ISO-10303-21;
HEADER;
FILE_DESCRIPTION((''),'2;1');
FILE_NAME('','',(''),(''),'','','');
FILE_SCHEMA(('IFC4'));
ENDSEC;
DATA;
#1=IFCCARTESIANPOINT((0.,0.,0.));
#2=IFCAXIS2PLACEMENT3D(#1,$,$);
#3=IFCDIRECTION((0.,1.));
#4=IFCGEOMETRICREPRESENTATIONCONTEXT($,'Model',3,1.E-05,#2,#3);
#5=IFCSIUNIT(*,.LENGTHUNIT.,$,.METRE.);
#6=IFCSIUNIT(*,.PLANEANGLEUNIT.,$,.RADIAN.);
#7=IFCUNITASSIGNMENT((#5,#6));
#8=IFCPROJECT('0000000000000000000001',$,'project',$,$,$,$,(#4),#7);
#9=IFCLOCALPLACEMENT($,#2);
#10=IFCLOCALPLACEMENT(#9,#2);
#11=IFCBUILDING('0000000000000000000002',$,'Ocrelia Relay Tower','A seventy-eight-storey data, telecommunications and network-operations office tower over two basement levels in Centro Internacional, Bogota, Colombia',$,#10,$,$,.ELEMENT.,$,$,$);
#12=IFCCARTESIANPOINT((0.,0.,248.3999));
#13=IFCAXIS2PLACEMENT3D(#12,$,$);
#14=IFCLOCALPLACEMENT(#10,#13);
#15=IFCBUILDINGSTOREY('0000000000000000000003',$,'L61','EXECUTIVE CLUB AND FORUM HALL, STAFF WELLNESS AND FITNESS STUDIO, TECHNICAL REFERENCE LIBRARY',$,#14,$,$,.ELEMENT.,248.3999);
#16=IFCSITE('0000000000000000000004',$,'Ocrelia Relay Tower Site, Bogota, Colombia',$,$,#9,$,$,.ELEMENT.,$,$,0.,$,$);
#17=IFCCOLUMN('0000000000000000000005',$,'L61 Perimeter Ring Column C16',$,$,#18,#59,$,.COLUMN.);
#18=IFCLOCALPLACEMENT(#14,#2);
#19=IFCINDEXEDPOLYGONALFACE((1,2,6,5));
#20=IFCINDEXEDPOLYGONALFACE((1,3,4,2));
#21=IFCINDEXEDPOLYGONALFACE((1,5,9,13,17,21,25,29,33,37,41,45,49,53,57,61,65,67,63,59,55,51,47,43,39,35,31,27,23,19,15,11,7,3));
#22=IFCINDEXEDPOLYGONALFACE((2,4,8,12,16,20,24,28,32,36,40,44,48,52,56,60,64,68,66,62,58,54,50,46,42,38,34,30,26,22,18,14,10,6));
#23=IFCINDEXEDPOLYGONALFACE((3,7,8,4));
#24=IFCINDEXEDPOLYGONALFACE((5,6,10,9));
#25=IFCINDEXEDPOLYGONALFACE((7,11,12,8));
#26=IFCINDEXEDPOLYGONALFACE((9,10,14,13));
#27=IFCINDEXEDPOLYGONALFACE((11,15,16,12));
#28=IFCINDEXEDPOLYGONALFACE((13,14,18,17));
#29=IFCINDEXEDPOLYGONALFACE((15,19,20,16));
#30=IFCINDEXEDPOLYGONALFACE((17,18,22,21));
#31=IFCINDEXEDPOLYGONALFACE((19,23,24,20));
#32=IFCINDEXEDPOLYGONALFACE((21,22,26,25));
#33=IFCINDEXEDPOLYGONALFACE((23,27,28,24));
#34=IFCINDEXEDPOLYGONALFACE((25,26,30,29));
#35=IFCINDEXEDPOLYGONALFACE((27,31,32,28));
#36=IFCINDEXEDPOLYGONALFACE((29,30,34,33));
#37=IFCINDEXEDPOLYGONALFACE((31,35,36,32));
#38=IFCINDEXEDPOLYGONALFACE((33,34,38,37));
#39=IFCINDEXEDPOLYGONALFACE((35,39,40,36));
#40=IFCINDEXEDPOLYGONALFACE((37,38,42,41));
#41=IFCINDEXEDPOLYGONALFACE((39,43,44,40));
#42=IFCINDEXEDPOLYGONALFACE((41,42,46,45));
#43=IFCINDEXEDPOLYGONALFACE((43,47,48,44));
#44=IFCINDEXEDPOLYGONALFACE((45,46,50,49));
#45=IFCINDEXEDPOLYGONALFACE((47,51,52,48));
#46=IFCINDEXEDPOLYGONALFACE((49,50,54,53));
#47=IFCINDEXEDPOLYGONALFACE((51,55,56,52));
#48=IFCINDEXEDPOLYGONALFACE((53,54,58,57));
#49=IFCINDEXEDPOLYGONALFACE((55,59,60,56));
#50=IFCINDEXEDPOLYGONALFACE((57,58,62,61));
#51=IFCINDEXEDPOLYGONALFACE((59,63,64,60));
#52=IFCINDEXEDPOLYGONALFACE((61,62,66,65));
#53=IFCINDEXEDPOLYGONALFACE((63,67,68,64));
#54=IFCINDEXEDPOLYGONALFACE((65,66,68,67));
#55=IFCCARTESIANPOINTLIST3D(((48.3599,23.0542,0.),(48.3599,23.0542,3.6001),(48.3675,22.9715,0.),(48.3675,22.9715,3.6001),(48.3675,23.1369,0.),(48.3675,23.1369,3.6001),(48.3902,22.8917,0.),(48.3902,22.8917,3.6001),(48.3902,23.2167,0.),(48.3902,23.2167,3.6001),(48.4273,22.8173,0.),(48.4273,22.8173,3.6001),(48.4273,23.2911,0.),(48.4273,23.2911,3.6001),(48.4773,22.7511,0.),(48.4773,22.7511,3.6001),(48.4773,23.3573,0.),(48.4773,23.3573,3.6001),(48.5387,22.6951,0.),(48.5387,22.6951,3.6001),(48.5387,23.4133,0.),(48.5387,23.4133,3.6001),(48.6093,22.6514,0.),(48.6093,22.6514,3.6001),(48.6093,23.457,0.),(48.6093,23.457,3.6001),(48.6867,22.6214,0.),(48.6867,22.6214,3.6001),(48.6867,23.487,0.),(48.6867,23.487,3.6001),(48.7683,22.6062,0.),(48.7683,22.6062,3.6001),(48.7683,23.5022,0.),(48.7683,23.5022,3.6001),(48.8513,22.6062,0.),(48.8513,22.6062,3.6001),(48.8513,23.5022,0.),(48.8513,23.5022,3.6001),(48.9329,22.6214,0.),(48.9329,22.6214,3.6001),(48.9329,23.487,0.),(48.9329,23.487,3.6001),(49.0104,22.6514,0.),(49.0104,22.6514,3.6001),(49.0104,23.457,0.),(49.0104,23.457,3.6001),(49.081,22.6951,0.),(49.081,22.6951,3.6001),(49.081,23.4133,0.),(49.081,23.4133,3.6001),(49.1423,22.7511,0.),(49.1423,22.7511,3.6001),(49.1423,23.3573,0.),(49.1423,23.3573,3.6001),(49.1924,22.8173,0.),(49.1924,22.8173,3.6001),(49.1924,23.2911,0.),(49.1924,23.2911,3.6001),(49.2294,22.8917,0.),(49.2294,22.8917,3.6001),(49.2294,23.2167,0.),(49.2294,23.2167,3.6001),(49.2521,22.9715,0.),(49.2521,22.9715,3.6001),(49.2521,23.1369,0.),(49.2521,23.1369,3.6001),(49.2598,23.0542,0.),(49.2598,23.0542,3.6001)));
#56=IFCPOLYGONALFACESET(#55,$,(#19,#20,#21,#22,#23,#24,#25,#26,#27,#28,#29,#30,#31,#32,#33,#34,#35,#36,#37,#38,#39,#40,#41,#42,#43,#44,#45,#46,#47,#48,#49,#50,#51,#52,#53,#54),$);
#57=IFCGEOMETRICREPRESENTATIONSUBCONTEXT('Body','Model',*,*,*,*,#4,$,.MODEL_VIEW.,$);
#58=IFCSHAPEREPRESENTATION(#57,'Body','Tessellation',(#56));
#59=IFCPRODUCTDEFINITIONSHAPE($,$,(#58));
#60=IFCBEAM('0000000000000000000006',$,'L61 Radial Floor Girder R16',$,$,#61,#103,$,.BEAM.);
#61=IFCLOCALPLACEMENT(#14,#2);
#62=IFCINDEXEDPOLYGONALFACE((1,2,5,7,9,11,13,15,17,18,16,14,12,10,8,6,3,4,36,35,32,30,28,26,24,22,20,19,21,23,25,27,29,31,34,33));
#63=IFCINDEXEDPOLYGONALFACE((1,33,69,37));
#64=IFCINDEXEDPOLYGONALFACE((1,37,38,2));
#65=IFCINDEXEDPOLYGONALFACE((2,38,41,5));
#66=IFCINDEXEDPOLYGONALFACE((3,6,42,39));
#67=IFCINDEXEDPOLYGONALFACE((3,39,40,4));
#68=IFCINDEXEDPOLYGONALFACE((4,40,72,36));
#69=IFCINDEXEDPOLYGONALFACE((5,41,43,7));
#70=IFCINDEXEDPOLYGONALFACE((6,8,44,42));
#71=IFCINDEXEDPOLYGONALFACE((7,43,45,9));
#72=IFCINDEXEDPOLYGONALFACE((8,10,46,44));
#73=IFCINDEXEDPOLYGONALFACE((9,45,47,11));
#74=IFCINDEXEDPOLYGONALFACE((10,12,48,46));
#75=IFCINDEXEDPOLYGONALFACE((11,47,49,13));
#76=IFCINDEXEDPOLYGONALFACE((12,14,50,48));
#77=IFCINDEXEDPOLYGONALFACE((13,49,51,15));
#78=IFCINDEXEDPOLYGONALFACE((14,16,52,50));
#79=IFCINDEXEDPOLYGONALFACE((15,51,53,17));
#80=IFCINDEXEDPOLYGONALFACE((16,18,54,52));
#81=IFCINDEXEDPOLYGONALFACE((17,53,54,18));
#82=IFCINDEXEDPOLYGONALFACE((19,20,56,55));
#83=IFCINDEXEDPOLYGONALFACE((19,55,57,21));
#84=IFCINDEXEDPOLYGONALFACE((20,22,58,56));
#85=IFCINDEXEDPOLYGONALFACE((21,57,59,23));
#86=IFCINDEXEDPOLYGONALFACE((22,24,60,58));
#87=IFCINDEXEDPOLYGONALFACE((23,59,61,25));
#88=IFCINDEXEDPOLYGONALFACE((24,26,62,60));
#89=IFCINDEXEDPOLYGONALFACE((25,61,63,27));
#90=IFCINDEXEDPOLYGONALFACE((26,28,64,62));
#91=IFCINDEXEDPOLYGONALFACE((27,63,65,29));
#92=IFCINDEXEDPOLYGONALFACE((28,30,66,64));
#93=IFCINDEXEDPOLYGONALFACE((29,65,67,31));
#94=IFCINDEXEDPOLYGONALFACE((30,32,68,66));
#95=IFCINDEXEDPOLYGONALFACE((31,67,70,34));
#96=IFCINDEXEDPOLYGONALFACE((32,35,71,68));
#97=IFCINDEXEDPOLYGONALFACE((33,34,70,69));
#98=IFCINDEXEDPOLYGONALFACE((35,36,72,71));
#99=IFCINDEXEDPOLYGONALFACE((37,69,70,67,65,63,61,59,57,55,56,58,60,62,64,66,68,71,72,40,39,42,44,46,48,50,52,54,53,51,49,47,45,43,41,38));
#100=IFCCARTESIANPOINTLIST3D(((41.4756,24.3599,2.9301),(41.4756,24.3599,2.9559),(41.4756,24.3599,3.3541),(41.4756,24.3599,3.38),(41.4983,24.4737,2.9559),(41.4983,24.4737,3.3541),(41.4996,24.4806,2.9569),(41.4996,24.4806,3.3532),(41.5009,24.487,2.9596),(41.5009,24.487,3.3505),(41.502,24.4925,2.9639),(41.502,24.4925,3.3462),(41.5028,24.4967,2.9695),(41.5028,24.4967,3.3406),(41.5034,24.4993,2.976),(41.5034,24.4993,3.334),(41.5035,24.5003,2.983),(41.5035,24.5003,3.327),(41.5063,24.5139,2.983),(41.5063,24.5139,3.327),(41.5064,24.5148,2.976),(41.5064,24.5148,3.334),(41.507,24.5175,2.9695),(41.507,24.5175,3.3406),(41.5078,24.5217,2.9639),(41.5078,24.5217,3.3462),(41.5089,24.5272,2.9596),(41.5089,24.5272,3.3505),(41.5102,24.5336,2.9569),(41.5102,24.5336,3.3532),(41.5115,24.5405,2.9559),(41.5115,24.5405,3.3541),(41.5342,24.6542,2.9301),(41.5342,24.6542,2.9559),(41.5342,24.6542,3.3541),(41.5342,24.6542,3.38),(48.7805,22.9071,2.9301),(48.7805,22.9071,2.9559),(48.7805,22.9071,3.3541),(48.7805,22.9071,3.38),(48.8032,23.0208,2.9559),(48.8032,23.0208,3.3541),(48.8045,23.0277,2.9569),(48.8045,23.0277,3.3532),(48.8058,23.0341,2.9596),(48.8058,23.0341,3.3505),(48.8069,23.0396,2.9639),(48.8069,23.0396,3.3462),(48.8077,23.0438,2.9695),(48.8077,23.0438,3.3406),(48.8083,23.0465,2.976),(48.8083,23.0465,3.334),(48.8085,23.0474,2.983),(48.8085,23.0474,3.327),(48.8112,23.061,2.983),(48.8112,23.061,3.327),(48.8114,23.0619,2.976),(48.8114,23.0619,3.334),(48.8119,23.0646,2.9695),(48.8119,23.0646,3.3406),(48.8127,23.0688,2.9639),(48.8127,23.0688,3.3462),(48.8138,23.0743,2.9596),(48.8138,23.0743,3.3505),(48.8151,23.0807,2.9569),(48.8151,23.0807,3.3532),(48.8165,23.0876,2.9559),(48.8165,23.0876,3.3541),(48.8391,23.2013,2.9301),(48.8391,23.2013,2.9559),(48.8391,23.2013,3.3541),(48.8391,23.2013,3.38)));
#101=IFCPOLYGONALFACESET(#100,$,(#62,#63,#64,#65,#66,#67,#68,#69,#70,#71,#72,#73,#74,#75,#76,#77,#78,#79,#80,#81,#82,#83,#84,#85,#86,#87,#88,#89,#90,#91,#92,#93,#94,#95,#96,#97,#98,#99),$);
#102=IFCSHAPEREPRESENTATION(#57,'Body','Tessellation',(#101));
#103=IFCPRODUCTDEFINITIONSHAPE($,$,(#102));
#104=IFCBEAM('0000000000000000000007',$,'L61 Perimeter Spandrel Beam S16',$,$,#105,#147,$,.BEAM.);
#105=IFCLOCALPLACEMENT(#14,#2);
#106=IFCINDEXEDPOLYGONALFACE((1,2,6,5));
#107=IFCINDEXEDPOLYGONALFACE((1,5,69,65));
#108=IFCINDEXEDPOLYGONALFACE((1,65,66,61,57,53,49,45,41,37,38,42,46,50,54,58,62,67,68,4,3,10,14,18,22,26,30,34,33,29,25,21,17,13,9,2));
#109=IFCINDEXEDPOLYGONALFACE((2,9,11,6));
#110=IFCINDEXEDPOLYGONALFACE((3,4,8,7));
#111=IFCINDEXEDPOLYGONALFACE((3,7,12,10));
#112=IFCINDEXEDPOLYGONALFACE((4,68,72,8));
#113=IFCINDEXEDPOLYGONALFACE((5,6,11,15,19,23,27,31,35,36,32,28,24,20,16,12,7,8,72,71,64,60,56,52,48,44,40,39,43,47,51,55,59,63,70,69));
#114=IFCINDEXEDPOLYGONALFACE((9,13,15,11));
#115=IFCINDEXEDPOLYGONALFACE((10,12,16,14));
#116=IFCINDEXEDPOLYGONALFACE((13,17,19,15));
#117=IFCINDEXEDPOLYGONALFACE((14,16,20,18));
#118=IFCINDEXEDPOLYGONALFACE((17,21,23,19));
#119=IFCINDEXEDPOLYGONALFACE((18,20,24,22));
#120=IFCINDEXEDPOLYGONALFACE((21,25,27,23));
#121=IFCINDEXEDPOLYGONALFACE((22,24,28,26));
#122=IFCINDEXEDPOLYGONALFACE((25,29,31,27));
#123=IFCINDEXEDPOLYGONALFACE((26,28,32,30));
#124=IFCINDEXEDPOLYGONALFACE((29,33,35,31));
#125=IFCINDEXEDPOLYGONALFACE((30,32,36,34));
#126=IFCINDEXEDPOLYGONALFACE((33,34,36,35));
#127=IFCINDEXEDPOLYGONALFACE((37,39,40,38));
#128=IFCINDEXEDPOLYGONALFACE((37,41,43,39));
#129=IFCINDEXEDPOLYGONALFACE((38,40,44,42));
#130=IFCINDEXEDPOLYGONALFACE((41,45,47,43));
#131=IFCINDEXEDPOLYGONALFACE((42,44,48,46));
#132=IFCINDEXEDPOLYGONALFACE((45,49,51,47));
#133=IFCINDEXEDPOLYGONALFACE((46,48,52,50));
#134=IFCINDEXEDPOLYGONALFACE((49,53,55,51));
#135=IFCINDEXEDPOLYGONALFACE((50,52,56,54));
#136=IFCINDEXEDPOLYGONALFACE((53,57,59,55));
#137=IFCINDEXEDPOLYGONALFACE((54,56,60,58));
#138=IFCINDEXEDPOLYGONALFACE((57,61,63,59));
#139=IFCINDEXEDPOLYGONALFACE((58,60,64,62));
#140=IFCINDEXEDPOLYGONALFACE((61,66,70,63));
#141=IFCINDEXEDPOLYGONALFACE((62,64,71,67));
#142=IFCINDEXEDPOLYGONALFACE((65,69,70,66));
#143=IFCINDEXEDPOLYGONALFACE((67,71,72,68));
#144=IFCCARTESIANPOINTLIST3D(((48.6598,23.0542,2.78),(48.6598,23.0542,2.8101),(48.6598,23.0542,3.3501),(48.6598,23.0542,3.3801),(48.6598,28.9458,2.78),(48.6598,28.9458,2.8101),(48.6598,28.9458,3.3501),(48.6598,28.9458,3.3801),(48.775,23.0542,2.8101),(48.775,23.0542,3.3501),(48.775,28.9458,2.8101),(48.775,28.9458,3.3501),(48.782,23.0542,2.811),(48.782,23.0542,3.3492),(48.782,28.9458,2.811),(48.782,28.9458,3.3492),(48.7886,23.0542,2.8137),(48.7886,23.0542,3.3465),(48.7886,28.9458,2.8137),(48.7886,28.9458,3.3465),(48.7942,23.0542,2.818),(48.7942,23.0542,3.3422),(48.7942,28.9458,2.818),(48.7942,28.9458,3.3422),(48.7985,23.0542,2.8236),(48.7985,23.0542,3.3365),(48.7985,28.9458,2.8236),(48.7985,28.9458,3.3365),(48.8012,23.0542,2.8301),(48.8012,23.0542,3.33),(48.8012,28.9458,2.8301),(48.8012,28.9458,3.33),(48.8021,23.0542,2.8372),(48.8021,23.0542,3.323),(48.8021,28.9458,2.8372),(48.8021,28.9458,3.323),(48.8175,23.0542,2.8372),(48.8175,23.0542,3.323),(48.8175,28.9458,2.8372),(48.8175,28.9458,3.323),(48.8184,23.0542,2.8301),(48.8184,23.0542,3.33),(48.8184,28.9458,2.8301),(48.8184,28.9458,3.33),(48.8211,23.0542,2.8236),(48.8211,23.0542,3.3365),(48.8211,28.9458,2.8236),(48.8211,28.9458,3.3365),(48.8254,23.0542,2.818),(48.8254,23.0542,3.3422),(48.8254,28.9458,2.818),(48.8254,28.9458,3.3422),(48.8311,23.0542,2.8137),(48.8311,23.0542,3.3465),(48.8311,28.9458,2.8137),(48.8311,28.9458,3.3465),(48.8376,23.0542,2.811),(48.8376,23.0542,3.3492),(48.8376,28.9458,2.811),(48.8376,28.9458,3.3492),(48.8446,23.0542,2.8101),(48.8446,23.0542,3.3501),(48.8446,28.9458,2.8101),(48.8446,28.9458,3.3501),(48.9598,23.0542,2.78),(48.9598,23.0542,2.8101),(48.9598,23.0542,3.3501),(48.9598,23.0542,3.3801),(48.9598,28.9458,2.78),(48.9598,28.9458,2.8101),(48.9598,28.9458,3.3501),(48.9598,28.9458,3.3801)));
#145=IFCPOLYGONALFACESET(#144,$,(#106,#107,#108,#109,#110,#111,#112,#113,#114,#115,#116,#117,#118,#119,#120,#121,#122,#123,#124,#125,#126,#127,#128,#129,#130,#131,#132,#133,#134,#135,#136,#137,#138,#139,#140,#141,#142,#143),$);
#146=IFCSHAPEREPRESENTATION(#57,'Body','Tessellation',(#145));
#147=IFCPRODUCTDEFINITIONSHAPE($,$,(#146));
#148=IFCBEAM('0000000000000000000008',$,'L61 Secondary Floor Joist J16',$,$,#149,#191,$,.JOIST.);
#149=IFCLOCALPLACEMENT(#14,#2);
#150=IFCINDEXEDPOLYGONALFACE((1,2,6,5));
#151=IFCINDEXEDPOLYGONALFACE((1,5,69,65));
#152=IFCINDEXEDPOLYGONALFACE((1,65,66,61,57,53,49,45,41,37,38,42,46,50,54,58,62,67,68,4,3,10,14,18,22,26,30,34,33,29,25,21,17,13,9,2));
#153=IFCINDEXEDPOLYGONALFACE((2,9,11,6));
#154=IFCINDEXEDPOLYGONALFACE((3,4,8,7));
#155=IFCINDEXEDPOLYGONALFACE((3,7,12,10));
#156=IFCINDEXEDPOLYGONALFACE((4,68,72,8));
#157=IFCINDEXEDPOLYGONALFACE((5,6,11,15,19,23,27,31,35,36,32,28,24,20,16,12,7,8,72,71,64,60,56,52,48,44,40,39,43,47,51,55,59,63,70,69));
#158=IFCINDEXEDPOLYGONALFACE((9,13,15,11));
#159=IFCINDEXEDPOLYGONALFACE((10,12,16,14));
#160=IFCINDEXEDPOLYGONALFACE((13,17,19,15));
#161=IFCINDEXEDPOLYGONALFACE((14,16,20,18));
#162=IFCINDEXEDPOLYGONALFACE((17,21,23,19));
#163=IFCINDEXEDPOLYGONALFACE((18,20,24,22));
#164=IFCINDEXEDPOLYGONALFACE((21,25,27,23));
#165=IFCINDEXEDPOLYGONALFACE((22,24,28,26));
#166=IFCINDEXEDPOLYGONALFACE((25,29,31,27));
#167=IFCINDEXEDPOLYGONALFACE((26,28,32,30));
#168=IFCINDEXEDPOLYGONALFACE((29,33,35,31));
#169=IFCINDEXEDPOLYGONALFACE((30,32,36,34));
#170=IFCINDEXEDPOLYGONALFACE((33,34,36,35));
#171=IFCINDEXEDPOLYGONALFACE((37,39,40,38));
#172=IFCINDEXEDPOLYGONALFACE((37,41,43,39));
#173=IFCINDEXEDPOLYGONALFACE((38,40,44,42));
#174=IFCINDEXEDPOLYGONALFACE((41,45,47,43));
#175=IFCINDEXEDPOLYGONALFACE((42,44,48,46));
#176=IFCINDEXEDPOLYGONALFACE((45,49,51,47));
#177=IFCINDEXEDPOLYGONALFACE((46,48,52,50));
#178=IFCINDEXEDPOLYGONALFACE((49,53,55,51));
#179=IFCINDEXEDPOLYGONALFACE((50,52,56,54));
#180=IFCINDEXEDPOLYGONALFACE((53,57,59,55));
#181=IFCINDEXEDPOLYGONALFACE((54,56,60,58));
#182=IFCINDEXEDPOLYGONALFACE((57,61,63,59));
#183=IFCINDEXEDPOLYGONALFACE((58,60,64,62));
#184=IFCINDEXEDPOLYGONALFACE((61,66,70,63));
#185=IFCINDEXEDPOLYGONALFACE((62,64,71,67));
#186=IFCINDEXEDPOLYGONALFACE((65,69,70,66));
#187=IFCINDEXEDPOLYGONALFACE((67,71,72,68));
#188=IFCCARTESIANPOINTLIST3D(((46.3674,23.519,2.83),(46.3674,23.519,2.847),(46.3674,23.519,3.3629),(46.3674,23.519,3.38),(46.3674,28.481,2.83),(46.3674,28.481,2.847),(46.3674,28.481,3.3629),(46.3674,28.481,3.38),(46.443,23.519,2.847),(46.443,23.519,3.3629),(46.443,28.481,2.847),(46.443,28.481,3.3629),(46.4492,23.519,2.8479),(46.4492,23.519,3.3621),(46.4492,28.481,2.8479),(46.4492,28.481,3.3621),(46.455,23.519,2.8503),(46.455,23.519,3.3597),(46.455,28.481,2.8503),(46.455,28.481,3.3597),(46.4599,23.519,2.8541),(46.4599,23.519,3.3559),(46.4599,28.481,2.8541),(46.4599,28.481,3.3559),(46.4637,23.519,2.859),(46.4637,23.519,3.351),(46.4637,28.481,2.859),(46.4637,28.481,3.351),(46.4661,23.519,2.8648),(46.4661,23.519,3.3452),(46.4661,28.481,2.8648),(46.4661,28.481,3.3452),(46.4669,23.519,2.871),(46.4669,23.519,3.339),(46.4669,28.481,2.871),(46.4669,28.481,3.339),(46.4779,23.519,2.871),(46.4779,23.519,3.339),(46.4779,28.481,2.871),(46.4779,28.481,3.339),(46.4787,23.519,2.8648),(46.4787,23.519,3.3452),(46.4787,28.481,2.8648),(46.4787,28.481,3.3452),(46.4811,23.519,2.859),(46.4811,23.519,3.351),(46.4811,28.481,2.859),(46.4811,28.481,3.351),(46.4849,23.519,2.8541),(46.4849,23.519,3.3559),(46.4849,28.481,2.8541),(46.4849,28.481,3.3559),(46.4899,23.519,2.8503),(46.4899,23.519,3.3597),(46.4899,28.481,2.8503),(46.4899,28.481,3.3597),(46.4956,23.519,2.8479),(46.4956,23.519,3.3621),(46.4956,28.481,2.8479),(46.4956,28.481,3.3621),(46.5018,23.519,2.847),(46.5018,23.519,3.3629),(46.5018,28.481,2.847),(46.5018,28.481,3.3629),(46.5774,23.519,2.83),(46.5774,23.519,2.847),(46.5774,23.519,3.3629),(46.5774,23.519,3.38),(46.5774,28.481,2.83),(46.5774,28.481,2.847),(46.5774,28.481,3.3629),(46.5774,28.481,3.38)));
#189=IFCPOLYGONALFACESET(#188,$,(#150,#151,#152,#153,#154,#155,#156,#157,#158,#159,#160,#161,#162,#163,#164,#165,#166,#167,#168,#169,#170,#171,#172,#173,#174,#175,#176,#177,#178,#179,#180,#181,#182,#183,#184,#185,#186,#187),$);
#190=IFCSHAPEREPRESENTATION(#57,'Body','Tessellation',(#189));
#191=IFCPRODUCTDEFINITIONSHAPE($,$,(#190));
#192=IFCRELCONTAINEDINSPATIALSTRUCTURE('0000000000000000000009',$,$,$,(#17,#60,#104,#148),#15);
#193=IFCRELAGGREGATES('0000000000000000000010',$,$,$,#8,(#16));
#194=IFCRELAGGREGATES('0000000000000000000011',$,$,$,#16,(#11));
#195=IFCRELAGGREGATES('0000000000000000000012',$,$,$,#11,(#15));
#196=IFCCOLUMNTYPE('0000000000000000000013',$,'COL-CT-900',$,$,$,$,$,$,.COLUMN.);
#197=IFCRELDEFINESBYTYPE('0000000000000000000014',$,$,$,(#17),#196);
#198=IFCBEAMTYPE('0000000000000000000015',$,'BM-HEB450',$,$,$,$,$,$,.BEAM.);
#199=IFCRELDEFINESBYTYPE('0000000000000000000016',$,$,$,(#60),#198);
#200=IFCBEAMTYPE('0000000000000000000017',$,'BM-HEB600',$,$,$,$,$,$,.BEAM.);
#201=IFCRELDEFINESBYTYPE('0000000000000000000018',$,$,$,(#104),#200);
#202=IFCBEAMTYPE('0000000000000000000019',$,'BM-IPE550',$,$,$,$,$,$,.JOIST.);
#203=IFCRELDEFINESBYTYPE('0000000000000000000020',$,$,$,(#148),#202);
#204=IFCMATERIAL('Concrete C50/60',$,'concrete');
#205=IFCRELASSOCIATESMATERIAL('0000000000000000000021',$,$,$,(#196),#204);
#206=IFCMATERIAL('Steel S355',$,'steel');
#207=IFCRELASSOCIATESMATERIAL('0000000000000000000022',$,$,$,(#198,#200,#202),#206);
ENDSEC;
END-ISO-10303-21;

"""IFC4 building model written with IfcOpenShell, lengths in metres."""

from ifc_helpers import new_model, si_unit, direction, frame, origin, origin_2d, place, context, subcontext, project, spatial, circle, i_section, extrude, material, material_profile, profile_set, type_object, element, save


model = new_model("IFC4")

# Units and contexts
model_context = context("Model", 3, precision=1e-05, world=origin(), true_north=direction((0.0, 1.0)))
body_context = subcontext(model_context, "Body", "Model", "MODEL_VIEW")
ifc_project = project(units=[si_unit("LENGTHUNIT", "METRE"), si_unit("PLANEANGLEUNIT", "RADIAN")], contexts=[model_context])

# Site, building, storey
site_placement = place(None, origin())
site = spatial("IfcSite", under=ifc_project, at=site_placement, Name="Ocrelia Relay Tower Site, Bogota, Colombia", CompositionType="ELEMENT", RefElevation=0.0)
building_placement = place(site_placement, origin())
building = spatial("IfcBuilding", under=site, at=building_placement, Name="Ocrelia Relay Tower", Description="A seventy-eight-storey data, telecommunications and network-operations office tower over two basement levels in Centro Internacional, Bogota, Colombia", CompositionType="ELEMENT")
storey_placement = place(building_placement, frame((0.0, 0.0, 248.3999)))
storey = spatial("IfcBuildingStorey", under=building, at=storey_placement, Name="L61", Description="EXECUTIVE CLUB AND FORUM HALL, STAFF WELLNESS AND FITNESS STUDIO, TECHNICAL REFERENCE LIBRARY", CompositionType="ELEMENT", Elevation=248.3999)

# Column
ifc_material_1 = material(Name="Concrete C50/60", Category="concrete")
ifc_material_profile_1 = material_profile(ifc_material_1, circle(Radius=0.45, at=origin_2d()), Name="RC-CIR-900")
ifc_profile_set_1 = profile_set([ifc_material_profile_1], Name="Concrete C50/60")
column_type = type_object("IfcColumnType", Name="COL-CT-900", PredefinedType="COLUMN", material=ifc_profile_set_1)
column_placement = place(storey_placement, frame((48.8098, 23.0542, 0.0), z_axis=(0.0, 0.0, 1.0), x_axis=(1.0, 0.0, 0.0)))
element("IfcColumn", 1, at=column_placement, inside=storey, type_object=column_type, Name="L61 Perimeter Ring Column C16", PredefinedType="COLUMN", context=body_context, shape_type="SweptSolid", body=[
    extrude(circle(Radius=0.45, at=origin_2d()), origin(), (0.0, 0.0, 1.0), 3.6001),
])

# Beams
ifc_material_2 = material(Name="Steel S355", Category="steel")
ifc_material_profile_2 = material_profile(ifc_material_2, i_section(OverallWidth=0.3, OverallDepth=0.45, WebThickness=0.0139, FlangeThickness=0.0259, FilletRadius=0.0271, at=origin_2d()), Name="HEB 450")
ifc_profile_set_2 = profile_set([ifc_material_profile_2], Name="Steel S355")
beam_type_1 = type_object("IfcBeamType", Name="BM-HEB450", PredefinedType="BEAM", material=ifc_profile_set_2)
beam_1_placement = place(storey_placement, frame((48.8098, 23.0542, 3.155), z_axis=(-0.980789, 0.19507, 0.0), x_axis=(-0.19507, -0.980789, 0.0)))
element("IfcBeam", 2, at=beam_1_placement, inside=storey, type_object=beam_type_1, Name="L61 Radial Floor Girder R16", PredefinedType="BEAM", context=body_context, shape_type="SweptSolid", body=[
    extrude(i_section(OverallWidth=0.3, OverallDepth=0.45, WebThickness=0.0139, FlangeThickness=0.0259, FilletRadius=0.0271, at=origin_2d()), origin(), (0.0, 0.0, 1.0), 7.448),
])
ifc_material_profile_3 = material_profile(ifc_material_2, i_section(OverallWidth=0.3, OverallDepth=0.6001, WebThickness=0.0154, FlangeThickness=0.03, FilletRadius=0.0271, at=origin_2d()), Name="HEB 600")
ifc_profile_set_3 = profile_set([ifc_material_profile_3], Name="Steel S355")
beam_type_2 = type_object("IfcBeamType", Name="BM-HEB600", PredefinedType="BEAM", material=ifc_profile_set_3)
beam_2_placement = place(storey_placement, frame((48.8098, 23.0542, 3.0801), z_axis=(0.0, 1.0, 0.0), x_axis=(-1.0, 0.0, 0.0)))
element("IfcBeam", 3, at=beam_2_placement, inside=storey, type_object=beam_type_2, Name="L61 Perimeter Spandrel Beam S16", PredefinedType="BEAM", context=body_context, shape_type="SweptSolid", body=[
    extrude(i_section(OverallWidth=0.3, OverallDepth=0.6001, WebThickness=0.0154, FlangeThickness=0.03, FilletRadius=0.0271, at=origin_2d()), origin(), (0.0, 0.0, 1.0), 5.8916),
])
ifc_material_profile_4 = material_profile(ifc_material_2, i_section(OverallWidth=0.21, OverallDepth=0.55, WebThickness=0.011, FlangeThickness=0.0171, FilletRadius=0.0239, at=origin_2d()), Name="IPE 550")
ifc_profile_set_4 = profile_set([ifc_material_profile_4], Name="Steel S355")
beam_type_3 = type_object("IfcBeamType", Name="BM-IPE550", PredefinedType="JOIST", material=ifc_profile_set_4)
beam_3_placement = place(storey_placement, frame((46.4724, 23.519, 3.105), z_axis=(0.0, 1.0, 0.0), x_axis=(-1.0, 0.0, 0.0)))
element("IfcBeam", 4, at=beam_3_placement, inside=storey, type_object=beam_type_3, Name="L61 Secondary Floor Joist J16", PredefinedType="JOIST", context=body_context, shape_type="SweptSolid", body=[
    extrude(i_section(OverallWidth=0.21, OverallDepth=0.55, WebThickness=0.011, FlangeThickness=0.0171, FilletRadius=0.0239, at=origin_2d()), origin(), (0.0, 0.0, 1.0), 4.9619),
])

save(model, "model.ifc")
